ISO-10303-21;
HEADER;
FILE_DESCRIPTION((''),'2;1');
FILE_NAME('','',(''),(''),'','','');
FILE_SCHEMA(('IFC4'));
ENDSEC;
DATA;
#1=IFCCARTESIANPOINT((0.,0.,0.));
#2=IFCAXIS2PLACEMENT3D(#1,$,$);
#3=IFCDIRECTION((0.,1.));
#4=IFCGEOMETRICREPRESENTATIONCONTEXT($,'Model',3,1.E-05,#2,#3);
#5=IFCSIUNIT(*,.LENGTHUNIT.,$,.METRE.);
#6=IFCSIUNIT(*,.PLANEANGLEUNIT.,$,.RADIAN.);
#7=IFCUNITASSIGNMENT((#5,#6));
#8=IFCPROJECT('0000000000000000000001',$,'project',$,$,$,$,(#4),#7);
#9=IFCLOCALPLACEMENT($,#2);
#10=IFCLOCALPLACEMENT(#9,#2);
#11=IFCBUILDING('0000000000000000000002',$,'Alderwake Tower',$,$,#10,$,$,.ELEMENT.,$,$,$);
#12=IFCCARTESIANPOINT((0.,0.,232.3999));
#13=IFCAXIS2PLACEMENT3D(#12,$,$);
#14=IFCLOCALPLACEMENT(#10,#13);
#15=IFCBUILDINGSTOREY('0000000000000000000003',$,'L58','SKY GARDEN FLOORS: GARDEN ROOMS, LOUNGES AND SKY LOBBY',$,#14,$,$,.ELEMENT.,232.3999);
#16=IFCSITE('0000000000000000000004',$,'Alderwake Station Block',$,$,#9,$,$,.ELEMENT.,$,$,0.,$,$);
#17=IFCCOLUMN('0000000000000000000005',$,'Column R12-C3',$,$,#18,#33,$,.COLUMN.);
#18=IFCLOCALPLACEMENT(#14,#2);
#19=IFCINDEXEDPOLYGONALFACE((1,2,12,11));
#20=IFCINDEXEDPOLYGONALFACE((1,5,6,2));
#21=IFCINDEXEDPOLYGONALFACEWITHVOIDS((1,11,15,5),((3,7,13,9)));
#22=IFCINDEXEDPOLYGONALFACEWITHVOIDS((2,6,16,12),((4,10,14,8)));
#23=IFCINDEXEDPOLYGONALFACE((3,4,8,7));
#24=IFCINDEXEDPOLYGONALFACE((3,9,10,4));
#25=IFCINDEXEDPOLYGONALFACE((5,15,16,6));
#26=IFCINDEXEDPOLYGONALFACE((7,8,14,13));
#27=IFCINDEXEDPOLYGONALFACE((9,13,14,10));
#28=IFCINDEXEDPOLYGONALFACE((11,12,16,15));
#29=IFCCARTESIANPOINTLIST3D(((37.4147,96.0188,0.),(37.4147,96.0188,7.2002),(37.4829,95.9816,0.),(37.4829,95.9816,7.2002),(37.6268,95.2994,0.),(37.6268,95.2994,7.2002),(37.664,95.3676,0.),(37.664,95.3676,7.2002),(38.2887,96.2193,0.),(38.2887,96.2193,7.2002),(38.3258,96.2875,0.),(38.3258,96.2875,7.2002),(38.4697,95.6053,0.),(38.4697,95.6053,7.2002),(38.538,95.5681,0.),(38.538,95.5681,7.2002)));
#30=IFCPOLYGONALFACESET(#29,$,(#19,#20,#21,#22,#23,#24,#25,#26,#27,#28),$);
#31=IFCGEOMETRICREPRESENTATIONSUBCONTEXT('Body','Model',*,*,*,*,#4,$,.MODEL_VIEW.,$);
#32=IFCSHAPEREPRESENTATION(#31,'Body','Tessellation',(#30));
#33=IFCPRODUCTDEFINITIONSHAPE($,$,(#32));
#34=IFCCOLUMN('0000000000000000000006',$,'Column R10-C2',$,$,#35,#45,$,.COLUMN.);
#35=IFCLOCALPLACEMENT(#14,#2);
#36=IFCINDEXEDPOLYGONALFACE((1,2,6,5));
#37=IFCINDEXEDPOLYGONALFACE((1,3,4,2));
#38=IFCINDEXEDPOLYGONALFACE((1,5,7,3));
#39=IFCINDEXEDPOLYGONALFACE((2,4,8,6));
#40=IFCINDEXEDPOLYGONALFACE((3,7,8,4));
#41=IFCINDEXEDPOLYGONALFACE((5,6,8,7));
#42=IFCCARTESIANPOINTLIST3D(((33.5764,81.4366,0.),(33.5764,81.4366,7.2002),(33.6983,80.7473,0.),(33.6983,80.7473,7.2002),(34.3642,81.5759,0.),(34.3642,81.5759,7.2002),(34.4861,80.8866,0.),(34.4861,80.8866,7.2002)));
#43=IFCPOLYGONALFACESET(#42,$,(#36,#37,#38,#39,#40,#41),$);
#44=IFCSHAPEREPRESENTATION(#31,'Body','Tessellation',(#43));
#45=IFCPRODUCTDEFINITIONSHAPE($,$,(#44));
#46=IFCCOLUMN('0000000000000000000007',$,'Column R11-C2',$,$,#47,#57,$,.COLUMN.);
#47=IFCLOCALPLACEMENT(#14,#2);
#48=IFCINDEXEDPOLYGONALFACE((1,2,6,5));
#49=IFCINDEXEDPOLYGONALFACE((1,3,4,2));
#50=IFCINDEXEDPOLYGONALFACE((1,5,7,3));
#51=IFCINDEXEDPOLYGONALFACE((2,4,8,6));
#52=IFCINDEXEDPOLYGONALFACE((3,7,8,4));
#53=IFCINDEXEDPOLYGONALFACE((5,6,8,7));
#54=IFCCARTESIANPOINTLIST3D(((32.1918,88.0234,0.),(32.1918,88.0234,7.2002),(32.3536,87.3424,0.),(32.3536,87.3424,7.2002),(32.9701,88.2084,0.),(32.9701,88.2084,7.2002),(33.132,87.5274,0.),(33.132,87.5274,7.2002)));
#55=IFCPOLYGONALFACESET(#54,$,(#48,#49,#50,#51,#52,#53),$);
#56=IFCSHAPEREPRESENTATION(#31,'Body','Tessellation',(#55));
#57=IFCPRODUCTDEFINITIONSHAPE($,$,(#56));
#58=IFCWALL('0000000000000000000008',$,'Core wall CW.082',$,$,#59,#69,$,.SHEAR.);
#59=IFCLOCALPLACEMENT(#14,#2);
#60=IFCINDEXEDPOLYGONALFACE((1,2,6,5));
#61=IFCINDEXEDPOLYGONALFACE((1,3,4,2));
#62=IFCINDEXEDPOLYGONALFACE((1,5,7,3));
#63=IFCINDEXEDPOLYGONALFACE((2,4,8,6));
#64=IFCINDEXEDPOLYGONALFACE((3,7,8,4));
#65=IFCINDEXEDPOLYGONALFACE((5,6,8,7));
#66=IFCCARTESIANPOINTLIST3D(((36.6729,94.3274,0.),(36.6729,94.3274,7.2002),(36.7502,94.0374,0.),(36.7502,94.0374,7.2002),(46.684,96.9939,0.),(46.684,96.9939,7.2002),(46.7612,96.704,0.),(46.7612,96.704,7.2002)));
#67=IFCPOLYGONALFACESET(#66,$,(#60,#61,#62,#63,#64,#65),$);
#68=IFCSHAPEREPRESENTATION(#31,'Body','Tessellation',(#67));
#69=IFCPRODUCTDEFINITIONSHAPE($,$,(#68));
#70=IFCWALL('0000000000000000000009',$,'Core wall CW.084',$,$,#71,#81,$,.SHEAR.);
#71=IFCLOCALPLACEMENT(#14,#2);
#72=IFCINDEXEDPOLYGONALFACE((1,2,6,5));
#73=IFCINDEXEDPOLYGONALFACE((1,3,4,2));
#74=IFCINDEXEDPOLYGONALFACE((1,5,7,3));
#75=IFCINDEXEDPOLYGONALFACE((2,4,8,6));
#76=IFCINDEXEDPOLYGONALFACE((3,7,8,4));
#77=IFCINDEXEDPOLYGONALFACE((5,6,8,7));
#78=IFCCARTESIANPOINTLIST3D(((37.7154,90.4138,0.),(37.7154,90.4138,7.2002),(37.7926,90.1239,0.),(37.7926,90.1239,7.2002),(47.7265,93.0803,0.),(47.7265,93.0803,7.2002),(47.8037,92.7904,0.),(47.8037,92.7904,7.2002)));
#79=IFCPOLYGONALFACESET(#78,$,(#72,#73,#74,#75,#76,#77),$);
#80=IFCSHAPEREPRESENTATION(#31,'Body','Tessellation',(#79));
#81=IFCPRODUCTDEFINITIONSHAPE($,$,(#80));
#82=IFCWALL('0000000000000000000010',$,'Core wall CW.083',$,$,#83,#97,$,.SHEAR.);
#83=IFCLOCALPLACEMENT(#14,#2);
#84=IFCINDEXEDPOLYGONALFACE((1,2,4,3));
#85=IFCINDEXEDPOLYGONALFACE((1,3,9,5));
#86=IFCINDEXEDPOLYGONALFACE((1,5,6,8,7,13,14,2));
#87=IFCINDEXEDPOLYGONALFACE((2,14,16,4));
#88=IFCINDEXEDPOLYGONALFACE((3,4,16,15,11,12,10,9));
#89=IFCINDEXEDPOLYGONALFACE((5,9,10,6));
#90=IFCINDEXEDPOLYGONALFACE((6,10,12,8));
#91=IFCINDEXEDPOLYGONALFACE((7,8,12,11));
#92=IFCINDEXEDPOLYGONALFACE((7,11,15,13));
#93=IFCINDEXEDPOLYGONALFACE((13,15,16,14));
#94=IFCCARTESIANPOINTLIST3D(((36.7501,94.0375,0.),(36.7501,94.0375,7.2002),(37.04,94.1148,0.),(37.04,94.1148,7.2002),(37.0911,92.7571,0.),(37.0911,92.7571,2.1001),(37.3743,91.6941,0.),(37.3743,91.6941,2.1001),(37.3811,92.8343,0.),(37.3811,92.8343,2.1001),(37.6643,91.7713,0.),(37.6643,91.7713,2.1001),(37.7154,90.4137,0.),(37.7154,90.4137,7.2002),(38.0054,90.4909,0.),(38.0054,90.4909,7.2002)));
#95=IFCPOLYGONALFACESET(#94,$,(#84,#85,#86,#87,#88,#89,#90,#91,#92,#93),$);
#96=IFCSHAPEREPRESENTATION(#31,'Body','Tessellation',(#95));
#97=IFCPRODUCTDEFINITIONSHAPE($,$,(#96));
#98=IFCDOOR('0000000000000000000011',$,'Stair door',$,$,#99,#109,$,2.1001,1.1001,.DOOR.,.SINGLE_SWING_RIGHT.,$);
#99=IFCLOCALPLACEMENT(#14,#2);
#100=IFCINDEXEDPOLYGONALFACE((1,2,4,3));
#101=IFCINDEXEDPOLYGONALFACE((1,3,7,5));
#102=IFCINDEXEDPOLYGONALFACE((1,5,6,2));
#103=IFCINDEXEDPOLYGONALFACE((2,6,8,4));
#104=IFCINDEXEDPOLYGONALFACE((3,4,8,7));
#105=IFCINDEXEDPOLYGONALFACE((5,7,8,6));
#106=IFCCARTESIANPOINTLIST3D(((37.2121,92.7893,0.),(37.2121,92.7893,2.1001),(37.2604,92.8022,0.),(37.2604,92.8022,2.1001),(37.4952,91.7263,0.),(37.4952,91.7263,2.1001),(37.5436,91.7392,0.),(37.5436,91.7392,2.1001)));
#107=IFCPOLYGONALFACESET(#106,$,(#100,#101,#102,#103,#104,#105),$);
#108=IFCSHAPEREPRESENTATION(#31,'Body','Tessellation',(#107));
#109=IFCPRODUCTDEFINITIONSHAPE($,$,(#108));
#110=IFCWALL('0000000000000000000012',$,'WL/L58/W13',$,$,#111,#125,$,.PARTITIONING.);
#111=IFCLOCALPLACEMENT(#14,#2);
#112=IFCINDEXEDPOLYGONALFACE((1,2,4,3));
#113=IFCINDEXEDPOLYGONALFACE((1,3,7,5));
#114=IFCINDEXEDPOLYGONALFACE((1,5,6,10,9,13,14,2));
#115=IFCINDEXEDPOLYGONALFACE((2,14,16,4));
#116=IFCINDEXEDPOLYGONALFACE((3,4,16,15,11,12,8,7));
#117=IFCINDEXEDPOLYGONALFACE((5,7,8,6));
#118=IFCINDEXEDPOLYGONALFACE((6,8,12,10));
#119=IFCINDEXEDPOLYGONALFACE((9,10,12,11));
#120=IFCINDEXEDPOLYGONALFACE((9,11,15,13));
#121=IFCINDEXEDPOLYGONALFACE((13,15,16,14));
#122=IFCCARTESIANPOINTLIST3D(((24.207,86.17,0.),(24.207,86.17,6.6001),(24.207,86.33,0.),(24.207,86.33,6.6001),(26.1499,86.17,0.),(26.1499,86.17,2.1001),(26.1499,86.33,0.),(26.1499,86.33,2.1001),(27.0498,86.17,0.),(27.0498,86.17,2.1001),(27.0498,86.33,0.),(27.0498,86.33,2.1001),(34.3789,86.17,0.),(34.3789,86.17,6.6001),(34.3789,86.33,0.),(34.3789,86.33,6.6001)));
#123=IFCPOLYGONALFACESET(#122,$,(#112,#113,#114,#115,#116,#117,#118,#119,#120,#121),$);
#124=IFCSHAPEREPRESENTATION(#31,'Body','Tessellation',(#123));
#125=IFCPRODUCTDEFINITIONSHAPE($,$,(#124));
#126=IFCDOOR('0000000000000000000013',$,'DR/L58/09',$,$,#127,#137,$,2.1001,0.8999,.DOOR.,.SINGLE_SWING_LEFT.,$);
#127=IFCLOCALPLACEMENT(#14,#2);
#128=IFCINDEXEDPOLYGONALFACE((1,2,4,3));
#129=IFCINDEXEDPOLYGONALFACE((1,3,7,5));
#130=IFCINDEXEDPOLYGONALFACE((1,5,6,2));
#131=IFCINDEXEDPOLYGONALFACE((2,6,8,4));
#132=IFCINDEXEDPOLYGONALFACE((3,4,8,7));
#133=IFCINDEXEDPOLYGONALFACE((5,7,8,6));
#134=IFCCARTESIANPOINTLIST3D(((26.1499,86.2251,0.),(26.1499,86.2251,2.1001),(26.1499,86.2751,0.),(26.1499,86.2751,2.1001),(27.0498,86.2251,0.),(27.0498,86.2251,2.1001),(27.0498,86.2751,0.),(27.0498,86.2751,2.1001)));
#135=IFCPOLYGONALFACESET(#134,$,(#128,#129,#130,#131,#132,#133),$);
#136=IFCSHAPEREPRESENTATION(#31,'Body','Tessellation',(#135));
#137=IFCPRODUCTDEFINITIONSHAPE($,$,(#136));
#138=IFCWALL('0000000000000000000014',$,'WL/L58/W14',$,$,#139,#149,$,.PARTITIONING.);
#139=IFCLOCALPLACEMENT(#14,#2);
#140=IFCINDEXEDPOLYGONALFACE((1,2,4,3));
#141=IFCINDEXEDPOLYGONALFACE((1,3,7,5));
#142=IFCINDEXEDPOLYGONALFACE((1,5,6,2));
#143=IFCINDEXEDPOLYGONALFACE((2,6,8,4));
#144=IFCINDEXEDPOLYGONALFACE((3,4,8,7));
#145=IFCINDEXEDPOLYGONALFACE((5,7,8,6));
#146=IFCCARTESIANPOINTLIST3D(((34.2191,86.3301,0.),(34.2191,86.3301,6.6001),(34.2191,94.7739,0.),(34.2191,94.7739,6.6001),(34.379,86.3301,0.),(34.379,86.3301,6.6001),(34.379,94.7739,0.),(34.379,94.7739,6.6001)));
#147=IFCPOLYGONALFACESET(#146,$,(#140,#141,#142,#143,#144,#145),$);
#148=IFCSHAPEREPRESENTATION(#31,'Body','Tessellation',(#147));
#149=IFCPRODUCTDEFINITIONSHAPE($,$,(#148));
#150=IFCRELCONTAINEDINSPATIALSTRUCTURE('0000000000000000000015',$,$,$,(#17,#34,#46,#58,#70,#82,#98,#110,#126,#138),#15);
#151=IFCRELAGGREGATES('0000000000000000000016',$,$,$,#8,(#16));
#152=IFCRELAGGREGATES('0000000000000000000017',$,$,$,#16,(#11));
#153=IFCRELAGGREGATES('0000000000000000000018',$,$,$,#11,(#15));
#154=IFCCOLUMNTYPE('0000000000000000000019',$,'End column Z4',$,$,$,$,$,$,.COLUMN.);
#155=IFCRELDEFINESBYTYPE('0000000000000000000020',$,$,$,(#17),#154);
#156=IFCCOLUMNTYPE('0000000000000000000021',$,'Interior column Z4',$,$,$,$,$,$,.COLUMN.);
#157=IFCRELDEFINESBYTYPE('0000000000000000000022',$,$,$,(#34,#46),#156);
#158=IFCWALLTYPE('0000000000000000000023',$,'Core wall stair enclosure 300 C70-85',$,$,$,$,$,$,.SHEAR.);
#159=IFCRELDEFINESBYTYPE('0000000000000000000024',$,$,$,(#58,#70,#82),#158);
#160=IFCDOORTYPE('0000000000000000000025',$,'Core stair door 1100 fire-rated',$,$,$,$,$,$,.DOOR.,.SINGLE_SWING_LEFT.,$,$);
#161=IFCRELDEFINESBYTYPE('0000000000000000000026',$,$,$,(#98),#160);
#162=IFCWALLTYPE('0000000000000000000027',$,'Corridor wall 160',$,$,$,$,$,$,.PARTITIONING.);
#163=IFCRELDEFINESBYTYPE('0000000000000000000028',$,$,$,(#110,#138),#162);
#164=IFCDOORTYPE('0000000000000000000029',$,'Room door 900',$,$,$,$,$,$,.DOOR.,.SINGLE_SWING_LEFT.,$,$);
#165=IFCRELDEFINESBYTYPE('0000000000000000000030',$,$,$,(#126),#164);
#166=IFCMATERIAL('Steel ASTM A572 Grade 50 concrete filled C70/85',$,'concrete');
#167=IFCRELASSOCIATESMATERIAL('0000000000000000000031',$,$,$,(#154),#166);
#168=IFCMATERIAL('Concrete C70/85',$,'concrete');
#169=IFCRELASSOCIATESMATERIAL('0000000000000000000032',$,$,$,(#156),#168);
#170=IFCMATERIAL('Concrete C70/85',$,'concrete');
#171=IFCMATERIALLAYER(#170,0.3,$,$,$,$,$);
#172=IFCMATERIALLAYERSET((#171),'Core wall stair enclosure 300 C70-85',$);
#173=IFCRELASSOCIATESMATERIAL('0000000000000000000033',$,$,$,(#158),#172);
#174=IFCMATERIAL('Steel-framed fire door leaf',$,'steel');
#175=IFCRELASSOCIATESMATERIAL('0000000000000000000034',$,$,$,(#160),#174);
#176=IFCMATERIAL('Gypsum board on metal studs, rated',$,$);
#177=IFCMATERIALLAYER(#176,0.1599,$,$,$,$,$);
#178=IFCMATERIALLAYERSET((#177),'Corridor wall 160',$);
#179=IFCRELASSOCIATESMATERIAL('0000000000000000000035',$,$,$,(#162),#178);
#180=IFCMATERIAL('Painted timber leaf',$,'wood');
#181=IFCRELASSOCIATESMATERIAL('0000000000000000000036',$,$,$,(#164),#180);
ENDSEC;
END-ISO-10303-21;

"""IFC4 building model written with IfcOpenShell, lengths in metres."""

from ifc_helpers import new_model, si_unit, direction, frame, frame_2d, origin, origin_2d, place, context, subcontext, project, spatial, rectangle, hollow_rectangle, extrude, material, layer, layer_set, material_profile, profile_set, type_object, element, fill, save


model = new_model("IFC4")

# Units and contexts
model_context = context("Model", 3, precision=1e-05, world=origin(), true_north=direction((0.0, 1.0)))
body_context = subcontext(model_context, "Body", "Model", "MODEL_VIEW")
ifc_project = project(units=[si_unit("LENGTHUNIT", "METRE"), si_unit("PLANEANGLEUNIT", "RADIAN")], contexts=[model_context])

# Site, building, storey
site_placement = place(None, origin())
site = spatial("IfcSite", under=ifc_project, at=site_placement, Name="Alderwake Station Block", CompositionType="ELEMENT", RefElevation=0.0)
building_placement = place(site_placement, origin())
building = spatial("IfcBuilding", under=site, at=building_placement, Name="Alderwake Tower", CompositionType="ELEMENT")
storey_placement = place(building_placement, frame((0.0, 0.0, 232.3999)))
storey = spatial("IfcBuildingStorey", under=building, at=storey_placement, Name="L58", Description="SKY GARDEN FLOORS: GARDEN ROOMS, LOUNGES AND SKY LOBBY", CompositionType="ELEMENT", Elevation=232.3999)

# Columns
ifc_material_1 = material(Name="Steel ASTM A572 Grade 50 concrete filled C70/85", Category="concrete")
ifc_material_profile_1 = material_profile(ifc_material_1, hollow_rectangle(XDim=0.75, YDim=0.95, WallThickness=0.0549, at=origin_2d()), Name="BOX 950X750X55")
ifc_profile_set_1 = profile_set([ifc_material_profile_1], Name="Steel ASTM A572 Grade 50 concrete filled C70/85")
column_type_1 = type_object("IfcColumnType", Name="End column Z4", PredefinedType="COLUMN", material=ifc_profile_set_1)
column_placement = place(storey_placement, frame((37.9763, 95.7935, 0.0), z_axis=(0.0, 0.0, 1.0), x_axis=(-0.282874, 0.959157, 0.0)))
element("IfcColumn", 1, at=column_placement, inside=storey, type_object=column_type_1, Name="Column R12-C3", PredefinedType="COLUMN", context=body_context, shape_type="SweptSolid", body=[
    extrude(hollow_rectangle(XDim=0.75, YDim=0.95, WallThickness=0.0549, at=origin_2d()), origin(), (0.0, 0.0, 1.0), 7.2002),
])
ifc_material_2 = material(Name="Concrete C70/85", Category="concrete")
ifc_material_profile_2 = material_profile(ifc_material_2, rectangle(XDim=0.7, YDim=0.8, at=origin_2d()), Name="RC 800X700")
ifc_profile_set_2 = profile_set([ifc_material_profile_2], Name="Concrete C70/85")
column_type_2 = type_object("IfcColumnType", Name="Interior column Z4", PredefinedType="COLUMN", material=ifc_profile_set_2)
for number, where, z_axis, x_axis, name in (
    (2, (34.0312, 81.1616, 0.0), (0.0, 0.0, 1.0), (-0.174109, 0.984726, 0.0), "Column R10-C2"),
    (3, (32.6619, 87.7754, 0.0), (0.0, 0.0, 1.0), (-0.231222, 0.972901, 0.0), "Column R11-C2"),
):
    element("IfcColumn", number, at=place(storey_placement, frame(where, z_axis=z_axis, x_axis=x_axis)), inside=storey, type_object=column_type_2, Name=name, PredefinedType="COLUMN", context=body_context, shape_type="SweptSolid", body=[
        extrude(rectangle(XDim=0.7, YDim=0.8, at=origin_2d()), origin(), (0.0, 0.0, 1.0), 7.2002),
    ])

# Walls
ifc_material_3 = material(Name="Concrete C70/85", Category="concrete")
ifc_layer_1 = layer(ifc_material_3, 0.3)
ifc_layer_set_1 = layer_set([ifc_layer_1], Name="Core wall stair enclosure 300 C70-85")
wall_type_1 = type_object("IfcWallType", Name="Core wall stair enclosure 300 C70-85", PredefinedType="SHEAR", material=ifc_layer_set_1)
for number, where, z_axis, x_axis, name in (
    (4, (36.7114, 94.1824, 0.0), (0.0, 0.0, 1.0), (0.966309, 0.257384, 0.0), "Core wall CW.082"),
    (5, (37.7539, 90.2688, 0.0), (0.0, 0.0, 1.0), (0.966309, 0.257384, 0.0), "Core wall CW.084"),
):
    element("IfcWall", number, at=place(storey_placement, frame(where, z_axis=z_axis, x_axis=x_axis)), inside=storey, type_object=wall_type_1, Name=name, PredefinedType="SHEAR", context=body_context, shape_type="SweptSolid", body=[
        extrude(rectangle(XDim=10.3601, YDim=0.3, at=frame_2d((5.1802, 0.0))), origin(), (0.0, 0.0, 1.0), 7.2002),
    ])

# Walls, openings, doors
wall_1_placement = place(storey_placement, frame((37.8604, 90.4524, 0.0), z_axis=(0.0, 0.0, 1.0), x_axis=(-0.257411, 0.966302, 0.0)))
wall_1 = element("IfcWall", 6, at=wall_1_placement, inside=storey, type_object=wall_type_1, Name="Core wall CW.083", PredefinedType="SHEAR", context=body_context, shape_type="SweptSolid", body=[
    extrude(rectangle(XDim=3.7502, YDim=0.3, at=frame_2d((1.875, 0.0))), origin(), (0.0, 0.0, 1.0), 7.2002),
])
opening_1_placement = place(wall_1_placement, frame((1.325, 0.0, 0.0)))
opening_1 = element("IfcOpeningElement", 7, at=opening_1_placement, cuts=wall_1, PredefinedType="OPENING", context=body_context, shape_type="SweptSolid", body=[
    extrude(rectangle(XDim=1.1001, YDim=2.1001, at=frame_2d((0.55, 1.05))), frame((0.0, 0.1599, 0.0), z_axis=(0.0, -1.0, 0.0), x_axis=(1.0, 0.0, 0.0)), (0.0, 0.0, 1.0), 0.3201),
])
ifc_material_4 = material(Name="Steel-framed fire door leaf", Category="steel")
door_type_1 = type_object("IfcDoorType", Name="Core stair door 1100 fire-rated", OperationType="SINGLE_SWING_LEFT", PredefinedType="DOOR", material=ifc_material_4)
door_1_placement = place(opening_1_placement, origin())
door_1 = element("IfcDoor", 8, at=door_1_placement, inside=storey, type_object=door_type_1, Name="Stair door", OperationType="SINGLE_SWING_RIGHT", OverallHeight=2.1001, OverallWidth=1.1001, PredefinedType="DOOR", context=body_context, shape_type="SweptSolid", body=[
    extrude(rectangle(XDim=1.1001, YDim=2.1001, at=frame_2d((0.55, 1.05))), frame((0.0, 0.0249, 0.0), z_axis=(0.0, -1.0, 0.0), x_axis=(1.0, 0.0, 0.0)), (0.0, 0.0, 1.0), 0.05),
])
fill(opening_1, door_1)
ifc_material_5 = material(Name="Gypsum board on metal studs, rated")
ifc_layer_2 = layer(ifc_material_5, 0.1599)
ifc_layer_set_2 = layer_set([ifc_layer_2], Name="Corridor wall 160")
wall_type_2 = type_object("IfcWallType", Name="Corridor wall 160", PredefinedType="PARTITIONING", material=ifc_layer_set_2)
wall_2_placement = place(storey_placement, frame((34.3789, 86.25, 0.0), z_axis=(0.0, 0.0, 1.0), x_axis=(-1.0, 0.0, 0.0)))
wall_2 = element("IfcWall", 9, at=wall_2_placement, inside=storey, type_object=wall_type_2, Name="WL/L58/W13", PredefinedType="PARTITIONING", context=body_context, shape_type="SweptSolid", body=[
    extrude(rectangle(XDim=10.1719, YDim=0.1599, at=frame_2d((5.0859, 0.0))), origin(), (0.0, 0.0, 1.0), 6.6001),
])
opening_2_placement = place(wall_2_placement, frame((7.3291, 0.0, 0.0)))
opening_2 = element("IfcOpeningElement", 10, at=opening_2_placement, cuts=wall_2, PredefinedType="OPENING", context=body_context, shape_type="SweptSolid", body=[
    extrude(rectangle(XDim=0.8999, YDim=2.1001, at=frame_2d((0.45, 1.05))), frame((0.0, 0.0898, 0.0), z_axis=(0.0, -1.0, 0.0), x_axis=(1.0, 0.0, 0.0)), (0.0, 0.0, 1.0), 0.1799),
])
ifc_material_6 = material(Name="Painted timber leaf", Category="wood")
door_type_2 = type_object("IfcDoorType", Name="Room door 900", OperationType="SINGLE_SWING_LEFT", PredefinedType="DOOR", material=ifc_material_6)
door_2_placement = place(opening_2_placement, origin())
door_2 = element("IfcDoor", 11, at=door_2_placement, inside=storey, type_object=door_type_2, Name="DR/L58/09", OperationType="SINGLE_SWING_LEFT", OverallHeight=2.1001, OverallWidth=0.8999, PredefinedType="DOOR", context=body_context, shape_type="SweptSolid", body=[
    extrude(rectangle(XDim=0.8999, YDim=2.1001, at=frame_2d((0.45, 1.05))), frame((0.0, 0.0249, 0.0), z_axis=(0.0, -1.0, 0.0), x_axis=(1.0, 0.0, 0.0)), (0.0, 0.0, 1.0), 0.05),
])
fill(opening_2, door_2)

# Wall
wall_3_placement = place(storey_placement, frame((34.2991, 94.7739, 0.0), z_axis=(0.0, 0.0, 1.0), x_axis=(0.0, -1.0, 0.0)))
element("IfcWall", 12, at=wall_3_placement, inside=storey, type_object=wall_type_2, Name="WL/L58/W14", PredefinedType="PARTITIONING", context=body_context, shape_type="SweptSolid", body=[
    extrude(rectangle(XDim=8.4438, YDim=0.1599, at=frame_2d((4.2219, 0.0))), origin(), (0.0, 0.0, 1.0), 6.6001),
])

save(model, "model.ifc")
